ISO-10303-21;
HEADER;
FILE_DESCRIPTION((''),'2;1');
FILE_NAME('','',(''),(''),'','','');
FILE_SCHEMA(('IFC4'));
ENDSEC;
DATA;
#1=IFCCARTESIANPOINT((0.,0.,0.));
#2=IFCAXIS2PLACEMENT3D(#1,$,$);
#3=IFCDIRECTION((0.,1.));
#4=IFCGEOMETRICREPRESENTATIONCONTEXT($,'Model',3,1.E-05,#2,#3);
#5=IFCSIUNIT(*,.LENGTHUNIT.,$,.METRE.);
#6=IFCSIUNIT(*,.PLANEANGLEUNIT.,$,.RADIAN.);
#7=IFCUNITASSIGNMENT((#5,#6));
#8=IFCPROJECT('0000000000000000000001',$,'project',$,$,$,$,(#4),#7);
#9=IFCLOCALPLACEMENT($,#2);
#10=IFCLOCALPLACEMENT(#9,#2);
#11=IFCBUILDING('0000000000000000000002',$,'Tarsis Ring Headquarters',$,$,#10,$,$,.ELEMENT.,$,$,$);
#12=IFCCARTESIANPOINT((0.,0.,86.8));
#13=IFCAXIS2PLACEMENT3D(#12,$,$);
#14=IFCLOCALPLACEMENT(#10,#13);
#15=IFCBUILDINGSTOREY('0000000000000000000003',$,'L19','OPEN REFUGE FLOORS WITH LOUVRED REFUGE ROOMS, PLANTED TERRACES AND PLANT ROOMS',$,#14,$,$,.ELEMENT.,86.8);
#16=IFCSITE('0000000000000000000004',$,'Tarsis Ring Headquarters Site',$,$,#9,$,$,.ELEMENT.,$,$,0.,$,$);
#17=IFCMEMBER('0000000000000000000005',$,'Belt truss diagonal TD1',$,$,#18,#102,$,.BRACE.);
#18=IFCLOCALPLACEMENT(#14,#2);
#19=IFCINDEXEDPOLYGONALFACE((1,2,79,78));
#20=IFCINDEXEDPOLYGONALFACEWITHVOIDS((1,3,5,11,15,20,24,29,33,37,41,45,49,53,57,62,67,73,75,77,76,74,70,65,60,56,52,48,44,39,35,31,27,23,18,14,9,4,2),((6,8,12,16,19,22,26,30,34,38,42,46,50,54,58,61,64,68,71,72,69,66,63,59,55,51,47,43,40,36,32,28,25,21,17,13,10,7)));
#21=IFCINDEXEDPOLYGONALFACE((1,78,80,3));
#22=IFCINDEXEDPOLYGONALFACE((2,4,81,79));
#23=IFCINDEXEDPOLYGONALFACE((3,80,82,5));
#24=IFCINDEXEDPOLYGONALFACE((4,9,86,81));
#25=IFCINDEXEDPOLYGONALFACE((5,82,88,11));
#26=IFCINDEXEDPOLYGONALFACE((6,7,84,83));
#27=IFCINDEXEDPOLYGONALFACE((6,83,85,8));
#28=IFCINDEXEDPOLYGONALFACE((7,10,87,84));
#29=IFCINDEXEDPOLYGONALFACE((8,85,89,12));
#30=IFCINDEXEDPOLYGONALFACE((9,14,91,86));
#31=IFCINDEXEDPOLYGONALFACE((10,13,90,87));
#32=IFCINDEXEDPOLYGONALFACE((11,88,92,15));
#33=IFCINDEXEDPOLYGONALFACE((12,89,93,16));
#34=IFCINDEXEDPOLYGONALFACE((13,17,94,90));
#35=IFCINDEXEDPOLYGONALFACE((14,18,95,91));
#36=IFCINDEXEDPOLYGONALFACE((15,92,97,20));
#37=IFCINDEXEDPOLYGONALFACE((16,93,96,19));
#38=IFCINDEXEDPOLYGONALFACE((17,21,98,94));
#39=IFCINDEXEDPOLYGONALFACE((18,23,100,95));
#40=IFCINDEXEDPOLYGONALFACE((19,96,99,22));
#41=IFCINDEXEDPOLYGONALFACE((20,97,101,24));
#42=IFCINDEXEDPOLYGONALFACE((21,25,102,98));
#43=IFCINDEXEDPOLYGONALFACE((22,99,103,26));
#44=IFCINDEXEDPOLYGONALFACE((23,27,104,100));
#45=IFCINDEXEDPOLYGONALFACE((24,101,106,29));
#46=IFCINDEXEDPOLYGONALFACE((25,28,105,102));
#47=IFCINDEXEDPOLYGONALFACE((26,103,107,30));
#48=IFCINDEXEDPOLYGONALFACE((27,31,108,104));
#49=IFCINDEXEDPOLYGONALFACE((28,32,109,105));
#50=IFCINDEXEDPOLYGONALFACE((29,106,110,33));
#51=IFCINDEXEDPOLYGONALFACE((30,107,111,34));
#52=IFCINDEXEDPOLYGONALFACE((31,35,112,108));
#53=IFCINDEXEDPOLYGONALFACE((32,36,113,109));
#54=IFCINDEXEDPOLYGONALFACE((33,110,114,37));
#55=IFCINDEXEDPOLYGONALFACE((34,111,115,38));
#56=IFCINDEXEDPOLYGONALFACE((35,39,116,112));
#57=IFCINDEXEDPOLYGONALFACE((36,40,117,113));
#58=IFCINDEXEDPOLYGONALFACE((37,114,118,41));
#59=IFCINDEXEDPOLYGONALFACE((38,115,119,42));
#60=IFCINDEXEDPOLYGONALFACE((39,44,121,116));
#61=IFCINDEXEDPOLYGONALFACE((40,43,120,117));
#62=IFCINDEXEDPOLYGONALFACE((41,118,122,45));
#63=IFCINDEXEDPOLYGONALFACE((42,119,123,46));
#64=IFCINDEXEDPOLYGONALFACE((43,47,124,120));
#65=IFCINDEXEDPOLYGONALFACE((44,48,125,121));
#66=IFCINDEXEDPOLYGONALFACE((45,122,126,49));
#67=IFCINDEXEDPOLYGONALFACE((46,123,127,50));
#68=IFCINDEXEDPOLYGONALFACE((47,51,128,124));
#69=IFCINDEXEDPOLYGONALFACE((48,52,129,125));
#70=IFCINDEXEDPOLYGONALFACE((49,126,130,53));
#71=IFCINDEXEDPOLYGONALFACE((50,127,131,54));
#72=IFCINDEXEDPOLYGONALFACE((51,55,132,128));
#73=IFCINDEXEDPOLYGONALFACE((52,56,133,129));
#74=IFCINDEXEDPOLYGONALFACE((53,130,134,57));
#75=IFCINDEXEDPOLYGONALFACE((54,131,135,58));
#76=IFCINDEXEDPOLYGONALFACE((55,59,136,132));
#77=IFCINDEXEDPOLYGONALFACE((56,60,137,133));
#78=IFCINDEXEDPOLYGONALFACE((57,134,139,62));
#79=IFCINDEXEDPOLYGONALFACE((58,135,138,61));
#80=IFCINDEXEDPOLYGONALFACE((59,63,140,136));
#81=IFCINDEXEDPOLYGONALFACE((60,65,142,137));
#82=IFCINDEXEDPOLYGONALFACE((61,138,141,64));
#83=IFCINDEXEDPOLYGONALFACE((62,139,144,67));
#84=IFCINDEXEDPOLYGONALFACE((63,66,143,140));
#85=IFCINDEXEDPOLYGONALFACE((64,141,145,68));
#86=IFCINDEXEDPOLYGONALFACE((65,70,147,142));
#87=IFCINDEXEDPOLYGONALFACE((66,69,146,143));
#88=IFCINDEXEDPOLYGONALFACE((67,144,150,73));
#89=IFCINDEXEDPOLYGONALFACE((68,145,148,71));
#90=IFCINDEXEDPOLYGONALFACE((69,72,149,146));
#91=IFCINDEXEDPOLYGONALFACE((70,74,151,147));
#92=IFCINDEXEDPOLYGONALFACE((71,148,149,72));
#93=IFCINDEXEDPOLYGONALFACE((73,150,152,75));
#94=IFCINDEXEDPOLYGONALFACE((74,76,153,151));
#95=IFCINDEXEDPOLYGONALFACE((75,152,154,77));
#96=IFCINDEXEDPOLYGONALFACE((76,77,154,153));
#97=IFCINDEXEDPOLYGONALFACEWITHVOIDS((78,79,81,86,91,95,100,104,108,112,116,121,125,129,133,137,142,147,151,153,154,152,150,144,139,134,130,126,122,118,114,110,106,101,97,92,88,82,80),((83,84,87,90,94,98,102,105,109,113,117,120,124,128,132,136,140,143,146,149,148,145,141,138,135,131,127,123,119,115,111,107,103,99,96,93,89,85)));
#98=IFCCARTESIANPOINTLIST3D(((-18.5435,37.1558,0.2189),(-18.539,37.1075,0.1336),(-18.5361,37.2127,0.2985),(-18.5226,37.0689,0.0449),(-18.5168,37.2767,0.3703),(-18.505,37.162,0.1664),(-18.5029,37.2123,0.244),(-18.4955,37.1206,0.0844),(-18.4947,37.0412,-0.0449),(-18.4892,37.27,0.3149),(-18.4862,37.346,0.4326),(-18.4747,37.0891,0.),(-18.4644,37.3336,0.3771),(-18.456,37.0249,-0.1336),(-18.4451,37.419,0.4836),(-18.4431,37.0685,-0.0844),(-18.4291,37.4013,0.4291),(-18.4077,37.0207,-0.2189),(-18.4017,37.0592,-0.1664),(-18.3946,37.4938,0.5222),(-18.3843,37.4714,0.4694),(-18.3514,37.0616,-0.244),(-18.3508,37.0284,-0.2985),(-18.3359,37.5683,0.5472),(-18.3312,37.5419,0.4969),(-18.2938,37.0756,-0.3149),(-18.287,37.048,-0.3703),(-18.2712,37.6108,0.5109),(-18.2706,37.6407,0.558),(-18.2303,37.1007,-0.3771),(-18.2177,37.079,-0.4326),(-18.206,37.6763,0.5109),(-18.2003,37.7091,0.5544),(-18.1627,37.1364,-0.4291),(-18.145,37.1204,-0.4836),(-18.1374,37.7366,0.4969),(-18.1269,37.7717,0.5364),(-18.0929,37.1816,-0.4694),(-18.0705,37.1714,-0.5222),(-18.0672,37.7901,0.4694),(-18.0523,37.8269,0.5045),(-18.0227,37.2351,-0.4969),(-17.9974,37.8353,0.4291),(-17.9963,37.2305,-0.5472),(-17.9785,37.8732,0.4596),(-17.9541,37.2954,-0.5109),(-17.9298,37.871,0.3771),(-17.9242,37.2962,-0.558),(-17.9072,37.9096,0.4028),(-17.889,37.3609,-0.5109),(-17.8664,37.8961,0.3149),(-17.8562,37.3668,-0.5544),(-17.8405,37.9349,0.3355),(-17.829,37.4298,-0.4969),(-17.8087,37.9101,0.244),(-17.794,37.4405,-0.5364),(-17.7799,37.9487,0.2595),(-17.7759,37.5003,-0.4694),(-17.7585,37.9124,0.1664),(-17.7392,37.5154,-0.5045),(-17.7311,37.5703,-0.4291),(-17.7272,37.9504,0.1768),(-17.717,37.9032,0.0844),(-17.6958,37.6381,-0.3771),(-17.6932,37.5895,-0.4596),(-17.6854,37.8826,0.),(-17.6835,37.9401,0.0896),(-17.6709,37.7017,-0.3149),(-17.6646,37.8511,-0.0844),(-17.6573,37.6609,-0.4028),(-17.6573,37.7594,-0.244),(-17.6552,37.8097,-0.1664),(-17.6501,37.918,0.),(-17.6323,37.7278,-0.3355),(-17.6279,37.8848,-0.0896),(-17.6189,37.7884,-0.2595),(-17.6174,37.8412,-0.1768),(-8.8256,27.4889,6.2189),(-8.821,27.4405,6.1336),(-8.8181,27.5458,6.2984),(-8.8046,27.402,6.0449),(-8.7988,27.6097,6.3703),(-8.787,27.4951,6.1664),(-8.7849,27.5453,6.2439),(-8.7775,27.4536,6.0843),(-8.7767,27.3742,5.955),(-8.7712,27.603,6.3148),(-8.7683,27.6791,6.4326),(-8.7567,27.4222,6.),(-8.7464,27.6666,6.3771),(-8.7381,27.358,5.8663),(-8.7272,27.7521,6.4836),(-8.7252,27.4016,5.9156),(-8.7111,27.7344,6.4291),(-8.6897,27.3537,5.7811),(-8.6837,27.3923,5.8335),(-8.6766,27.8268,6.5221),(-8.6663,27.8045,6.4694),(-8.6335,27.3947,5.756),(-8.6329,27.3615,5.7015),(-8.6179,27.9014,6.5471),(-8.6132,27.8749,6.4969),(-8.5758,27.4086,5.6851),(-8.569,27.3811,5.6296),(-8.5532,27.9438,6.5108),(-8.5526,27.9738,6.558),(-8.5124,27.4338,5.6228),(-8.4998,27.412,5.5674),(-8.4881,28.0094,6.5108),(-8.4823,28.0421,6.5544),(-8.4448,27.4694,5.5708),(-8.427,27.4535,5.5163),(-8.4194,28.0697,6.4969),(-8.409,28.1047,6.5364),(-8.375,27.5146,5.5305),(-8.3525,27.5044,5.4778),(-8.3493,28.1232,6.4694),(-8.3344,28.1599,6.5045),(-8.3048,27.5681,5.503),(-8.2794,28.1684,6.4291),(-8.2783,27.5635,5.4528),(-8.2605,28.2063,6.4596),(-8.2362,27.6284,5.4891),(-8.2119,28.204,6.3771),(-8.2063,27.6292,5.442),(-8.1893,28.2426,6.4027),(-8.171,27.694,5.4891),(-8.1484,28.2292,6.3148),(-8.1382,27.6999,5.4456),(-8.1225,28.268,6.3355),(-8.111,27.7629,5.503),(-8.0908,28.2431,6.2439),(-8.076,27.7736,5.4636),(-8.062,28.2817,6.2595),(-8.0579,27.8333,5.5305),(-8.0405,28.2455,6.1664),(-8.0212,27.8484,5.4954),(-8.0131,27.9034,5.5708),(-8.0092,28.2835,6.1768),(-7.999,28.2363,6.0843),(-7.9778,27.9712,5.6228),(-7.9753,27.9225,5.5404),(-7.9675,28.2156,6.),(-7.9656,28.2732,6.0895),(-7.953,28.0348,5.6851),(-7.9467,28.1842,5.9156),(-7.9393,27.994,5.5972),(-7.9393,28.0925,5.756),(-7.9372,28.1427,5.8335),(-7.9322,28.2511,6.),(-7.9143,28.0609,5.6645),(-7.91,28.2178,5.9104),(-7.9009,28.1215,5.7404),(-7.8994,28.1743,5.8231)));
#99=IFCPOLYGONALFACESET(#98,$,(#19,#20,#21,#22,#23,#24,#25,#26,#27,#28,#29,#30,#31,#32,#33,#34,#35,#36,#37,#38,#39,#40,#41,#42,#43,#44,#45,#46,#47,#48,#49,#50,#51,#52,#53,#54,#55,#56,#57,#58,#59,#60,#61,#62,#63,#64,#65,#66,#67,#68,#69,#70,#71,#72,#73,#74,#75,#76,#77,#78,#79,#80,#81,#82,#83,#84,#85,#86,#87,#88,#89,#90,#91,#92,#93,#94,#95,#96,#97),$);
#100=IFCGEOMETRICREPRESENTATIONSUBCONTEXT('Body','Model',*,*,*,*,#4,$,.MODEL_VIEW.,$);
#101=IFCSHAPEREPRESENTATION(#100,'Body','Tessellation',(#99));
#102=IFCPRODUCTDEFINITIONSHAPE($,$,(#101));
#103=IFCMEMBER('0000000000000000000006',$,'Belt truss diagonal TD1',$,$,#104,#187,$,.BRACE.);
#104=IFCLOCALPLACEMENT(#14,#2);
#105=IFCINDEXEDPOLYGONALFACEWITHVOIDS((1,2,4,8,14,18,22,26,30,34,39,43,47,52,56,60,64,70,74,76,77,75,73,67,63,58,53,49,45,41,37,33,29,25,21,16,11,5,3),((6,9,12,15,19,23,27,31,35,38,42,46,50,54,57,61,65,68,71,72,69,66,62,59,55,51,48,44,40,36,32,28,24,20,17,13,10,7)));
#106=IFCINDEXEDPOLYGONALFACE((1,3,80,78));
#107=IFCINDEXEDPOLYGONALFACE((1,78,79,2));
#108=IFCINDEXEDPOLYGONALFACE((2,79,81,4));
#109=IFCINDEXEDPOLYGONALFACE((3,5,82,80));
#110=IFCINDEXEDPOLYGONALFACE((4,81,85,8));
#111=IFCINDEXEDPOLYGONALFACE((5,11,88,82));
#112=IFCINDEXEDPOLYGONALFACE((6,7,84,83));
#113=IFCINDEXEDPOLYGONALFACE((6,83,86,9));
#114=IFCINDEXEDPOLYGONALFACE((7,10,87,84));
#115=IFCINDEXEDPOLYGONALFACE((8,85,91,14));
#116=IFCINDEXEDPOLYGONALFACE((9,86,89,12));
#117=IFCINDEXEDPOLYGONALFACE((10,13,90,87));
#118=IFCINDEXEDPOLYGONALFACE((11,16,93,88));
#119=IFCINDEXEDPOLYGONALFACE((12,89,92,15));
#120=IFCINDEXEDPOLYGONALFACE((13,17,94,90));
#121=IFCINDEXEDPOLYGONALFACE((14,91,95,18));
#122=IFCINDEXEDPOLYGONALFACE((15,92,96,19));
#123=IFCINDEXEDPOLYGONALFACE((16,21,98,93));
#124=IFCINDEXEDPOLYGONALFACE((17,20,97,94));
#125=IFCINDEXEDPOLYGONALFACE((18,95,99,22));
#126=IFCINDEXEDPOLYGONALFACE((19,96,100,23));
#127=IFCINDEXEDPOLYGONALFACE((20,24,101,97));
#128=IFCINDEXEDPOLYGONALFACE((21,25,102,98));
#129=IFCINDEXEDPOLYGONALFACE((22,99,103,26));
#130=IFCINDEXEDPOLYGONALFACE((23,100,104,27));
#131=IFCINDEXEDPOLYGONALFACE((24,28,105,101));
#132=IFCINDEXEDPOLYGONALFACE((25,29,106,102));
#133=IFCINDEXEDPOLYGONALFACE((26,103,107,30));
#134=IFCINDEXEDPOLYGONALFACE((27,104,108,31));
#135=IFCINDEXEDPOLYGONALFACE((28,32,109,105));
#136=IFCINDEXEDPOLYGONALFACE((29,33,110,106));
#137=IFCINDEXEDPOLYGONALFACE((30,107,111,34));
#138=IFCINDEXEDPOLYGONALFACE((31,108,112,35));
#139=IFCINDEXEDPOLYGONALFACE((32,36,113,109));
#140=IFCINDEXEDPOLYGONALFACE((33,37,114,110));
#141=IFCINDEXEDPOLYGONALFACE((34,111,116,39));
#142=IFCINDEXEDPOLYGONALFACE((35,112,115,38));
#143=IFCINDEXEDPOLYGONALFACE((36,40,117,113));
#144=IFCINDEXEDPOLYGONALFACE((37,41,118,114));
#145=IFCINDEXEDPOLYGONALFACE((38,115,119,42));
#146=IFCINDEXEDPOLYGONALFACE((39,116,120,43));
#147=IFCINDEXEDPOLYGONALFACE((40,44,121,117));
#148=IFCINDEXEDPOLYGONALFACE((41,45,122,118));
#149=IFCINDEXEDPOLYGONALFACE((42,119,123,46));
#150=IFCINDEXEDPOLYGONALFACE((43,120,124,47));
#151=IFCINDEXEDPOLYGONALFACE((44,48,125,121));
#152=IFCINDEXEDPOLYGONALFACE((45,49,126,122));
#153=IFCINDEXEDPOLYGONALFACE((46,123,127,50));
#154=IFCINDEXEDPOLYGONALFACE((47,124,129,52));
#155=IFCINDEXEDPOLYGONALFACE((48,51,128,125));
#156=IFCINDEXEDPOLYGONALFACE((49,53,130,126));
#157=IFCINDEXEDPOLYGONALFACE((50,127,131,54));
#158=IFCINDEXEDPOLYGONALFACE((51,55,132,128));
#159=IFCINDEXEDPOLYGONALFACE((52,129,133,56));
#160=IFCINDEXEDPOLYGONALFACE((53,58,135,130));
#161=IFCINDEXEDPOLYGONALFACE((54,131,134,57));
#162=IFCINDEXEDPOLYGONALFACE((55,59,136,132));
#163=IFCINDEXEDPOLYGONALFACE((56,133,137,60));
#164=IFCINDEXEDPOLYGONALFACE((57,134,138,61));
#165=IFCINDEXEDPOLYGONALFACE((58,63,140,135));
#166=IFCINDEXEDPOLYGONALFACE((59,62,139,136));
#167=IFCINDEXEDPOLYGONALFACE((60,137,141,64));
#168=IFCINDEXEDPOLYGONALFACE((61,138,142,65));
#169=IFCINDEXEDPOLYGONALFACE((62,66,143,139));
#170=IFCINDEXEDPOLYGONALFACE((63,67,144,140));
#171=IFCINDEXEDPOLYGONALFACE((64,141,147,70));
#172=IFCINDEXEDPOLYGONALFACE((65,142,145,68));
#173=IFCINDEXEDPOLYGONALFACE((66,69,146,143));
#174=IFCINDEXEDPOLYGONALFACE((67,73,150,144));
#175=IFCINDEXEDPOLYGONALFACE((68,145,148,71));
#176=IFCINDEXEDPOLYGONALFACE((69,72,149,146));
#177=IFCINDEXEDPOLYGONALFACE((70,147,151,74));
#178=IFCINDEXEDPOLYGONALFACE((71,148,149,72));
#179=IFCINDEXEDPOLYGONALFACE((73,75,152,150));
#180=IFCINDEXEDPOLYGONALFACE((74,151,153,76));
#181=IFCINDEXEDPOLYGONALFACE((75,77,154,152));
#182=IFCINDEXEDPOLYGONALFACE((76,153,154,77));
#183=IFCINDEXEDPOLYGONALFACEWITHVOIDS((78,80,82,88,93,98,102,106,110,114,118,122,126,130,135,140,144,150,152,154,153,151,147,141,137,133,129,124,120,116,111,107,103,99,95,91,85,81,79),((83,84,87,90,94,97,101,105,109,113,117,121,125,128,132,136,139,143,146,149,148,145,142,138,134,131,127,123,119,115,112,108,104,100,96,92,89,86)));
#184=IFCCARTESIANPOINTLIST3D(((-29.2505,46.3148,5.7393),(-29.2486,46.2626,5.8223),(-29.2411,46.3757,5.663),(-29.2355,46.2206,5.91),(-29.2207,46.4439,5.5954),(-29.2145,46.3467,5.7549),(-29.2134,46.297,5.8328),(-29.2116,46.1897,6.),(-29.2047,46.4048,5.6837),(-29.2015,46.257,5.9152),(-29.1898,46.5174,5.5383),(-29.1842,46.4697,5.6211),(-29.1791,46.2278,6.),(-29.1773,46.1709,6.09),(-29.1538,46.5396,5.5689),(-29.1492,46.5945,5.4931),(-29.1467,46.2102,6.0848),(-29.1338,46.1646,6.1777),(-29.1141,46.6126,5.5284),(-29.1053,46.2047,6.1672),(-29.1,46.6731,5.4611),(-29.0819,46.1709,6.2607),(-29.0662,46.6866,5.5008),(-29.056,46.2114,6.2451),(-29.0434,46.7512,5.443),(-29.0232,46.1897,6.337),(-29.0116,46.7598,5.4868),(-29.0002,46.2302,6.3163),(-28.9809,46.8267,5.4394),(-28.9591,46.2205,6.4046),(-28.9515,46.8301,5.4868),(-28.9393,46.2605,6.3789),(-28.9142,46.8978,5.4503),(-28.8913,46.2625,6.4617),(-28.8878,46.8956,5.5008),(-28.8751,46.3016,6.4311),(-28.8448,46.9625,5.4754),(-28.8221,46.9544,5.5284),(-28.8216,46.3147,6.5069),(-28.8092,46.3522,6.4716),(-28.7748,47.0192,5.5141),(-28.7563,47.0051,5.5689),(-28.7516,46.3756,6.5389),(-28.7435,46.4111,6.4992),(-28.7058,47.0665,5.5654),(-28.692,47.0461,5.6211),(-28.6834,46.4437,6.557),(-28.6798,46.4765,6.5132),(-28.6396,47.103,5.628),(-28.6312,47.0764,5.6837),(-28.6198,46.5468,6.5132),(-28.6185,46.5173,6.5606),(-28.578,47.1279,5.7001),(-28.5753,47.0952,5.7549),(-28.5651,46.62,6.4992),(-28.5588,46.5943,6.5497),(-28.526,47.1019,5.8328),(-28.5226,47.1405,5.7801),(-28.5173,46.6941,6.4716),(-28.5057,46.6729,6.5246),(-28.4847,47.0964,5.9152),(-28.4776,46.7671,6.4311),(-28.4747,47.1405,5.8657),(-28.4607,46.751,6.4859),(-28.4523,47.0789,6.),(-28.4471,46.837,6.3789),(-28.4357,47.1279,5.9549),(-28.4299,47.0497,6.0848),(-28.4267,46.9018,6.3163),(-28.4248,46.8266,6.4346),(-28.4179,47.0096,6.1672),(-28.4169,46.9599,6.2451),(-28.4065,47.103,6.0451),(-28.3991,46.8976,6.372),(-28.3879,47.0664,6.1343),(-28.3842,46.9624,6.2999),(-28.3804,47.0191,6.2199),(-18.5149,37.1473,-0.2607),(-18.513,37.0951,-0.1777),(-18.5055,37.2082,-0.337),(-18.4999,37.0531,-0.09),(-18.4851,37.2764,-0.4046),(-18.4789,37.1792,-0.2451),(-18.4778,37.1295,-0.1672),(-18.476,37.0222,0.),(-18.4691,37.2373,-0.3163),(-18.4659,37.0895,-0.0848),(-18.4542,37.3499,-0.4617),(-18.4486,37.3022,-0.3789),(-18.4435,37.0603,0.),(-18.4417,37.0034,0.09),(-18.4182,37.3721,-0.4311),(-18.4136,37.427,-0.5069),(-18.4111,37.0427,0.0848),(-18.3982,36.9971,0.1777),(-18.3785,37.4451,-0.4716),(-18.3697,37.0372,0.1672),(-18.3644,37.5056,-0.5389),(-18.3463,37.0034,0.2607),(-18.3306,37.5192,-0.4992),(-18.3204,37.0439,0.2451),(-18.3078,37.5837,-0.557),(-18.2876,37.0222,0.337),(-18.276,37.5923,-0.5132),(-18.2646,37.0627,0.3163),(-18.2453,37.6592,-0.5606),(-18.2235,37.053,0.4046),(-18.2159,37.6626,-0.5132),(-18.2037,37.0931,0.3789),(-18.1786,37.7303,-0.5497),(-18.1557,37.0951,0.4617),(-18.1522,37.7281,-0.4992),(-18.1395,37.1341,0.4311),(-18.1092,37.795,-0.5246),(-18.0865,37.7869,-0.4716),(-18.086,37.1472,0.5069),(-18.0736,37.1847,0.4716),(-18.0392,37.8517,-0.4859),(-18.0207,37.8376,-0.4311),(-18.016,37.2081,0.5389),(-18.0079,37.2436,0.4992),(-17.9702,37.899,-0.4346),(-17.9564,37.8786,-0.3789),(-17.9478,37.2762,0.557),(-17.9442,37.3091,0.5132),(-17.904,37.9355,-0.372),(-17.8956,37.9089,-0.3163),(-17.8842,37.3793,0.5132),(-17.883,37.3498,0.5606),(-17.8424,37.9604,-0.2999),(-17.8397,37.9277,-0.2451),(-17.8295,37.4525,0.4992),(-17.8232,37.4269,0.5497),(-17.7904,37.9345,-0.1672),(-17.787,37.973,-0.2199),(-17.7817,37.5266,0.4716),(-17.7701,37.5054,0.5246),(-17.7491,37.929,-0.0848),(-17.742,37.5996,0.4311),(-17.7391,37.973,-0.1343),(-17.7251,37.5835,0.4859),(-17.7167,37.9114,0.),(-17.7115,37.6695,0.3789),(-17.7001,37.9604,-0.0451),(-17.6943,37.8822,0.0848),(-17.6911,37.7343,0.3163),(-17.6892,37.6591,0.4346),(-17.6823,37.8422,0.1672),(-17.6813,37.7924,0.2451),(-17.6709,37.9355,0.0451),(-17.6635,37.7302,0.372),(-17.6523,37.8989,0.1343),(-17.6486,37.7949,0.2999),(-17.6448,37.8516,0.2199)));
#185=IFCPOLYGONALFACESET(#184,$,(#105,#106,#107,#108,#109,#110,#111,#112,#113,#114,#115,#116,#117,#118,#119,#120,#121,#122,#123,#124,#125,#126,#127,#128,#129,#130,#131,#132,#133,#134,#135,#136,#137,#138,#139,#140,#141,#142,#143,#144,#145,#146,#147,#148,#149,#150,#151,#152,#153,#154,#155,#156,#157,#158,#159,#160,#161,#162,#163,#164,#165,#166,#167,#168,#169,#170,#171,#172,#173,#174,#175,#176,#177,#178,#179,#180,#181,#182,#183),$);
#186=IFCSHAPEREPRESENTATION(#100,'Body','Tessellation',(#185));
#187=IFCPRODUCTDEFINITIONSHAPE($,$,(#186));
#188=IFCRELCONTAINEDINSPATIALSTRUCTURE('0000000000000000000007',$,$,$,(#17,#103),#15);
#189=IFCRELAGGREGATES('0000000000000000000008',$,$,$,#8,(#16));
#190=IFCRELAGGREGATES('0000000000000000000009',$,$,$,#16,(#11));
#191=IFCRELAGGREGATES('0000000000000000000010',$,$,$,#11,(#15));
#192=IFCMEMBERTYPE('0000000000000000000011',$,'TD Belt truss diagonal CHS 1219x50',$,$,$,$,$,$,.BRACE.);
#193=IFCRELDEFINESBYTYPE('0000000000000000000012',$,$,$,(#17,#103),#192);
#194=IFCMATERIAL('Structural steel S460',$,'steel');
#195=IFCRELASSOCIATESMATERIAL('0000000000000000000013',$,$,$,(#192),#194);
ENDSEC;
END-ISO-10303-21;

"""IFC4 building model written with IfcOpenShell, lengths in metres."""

from ifc_helpers import new_model, si_unit, direction, frame, origin, origin_2d, place, context, subcontext, project, spatial, hollow_circle, extrude, material, material_profile, profile_set, type_object, element, save


model = new_model("IFC4")

# Units and contexts
model_context = context("Model", 3, precision=1e-05, world=origin(), true_north=direction((0.0, 1.0)))
body_context = subcontext(model_context, "Body", "Model", "MODEL_VIEW")
ifc_project = project(units=[si_unit("LENGTHUNIT", "METRE"), si_unit("PLANEANGLEUNIT", "RADIAN")], contexts=[model_context])

# Site, building, storey
site_placement = place(None, origin())
site = spatial("IfcSite", under=ifc_project, at=site_placement, Name="Tarsis Ring Headquarters Site", CompositionType="ELEMENT", RefElevation=0.0)
building_placement = place(site_placement, origin())
building = spatial("IfcBuilding", under=site, at=building_placement, Name="Tarsis Ring Headquarters", CompositionType="ELEMENT")
storey_placement = place(building_placement, frame((0.0, 0.0, 86.8)))
storey = spatial("IfcBuildingStorey", under=building, at=storey_placement, Name="L19", Description="OPEN REFUGE FLOORS WITH LOUVRED REFUGE ROOMS, PLANTED TERRACES AND PLANT ROOMS", CompositionType="ELEMENT", Elevation=86.8)

# Shared definitions
ifc_material_1 = material(Name="Structural steel S460", Category="steel")
ifc_material_profile_1 = material_profile(ifc_material_1, hollow_circle(Radius=0.6096, WallThickness=0.05, at=origin_2d()), Name="CHS 1219x50")
ifc_profile_set_1 = profile_set([ifc_material_profile_1], Name="Structural steel S460")

# Members
member_type_1 = type_object("IfcMemberType", Name="TD Belt truss diagonal CHS 1219x50", PredefinedType="BRACE", material=ifc_profile_set_1)
member_1_placement = place(storey_placement, frame((-18.0801, 37.4858, 0.0), z_axis=(0.649471, -0.646061, 0.40099), x_axis=(0.705243, 0.708966, 0.0)))
element("IfcMember", 1, at=member_1_placement, inside=storey, type_object=member_type_1, Name="Belt truss diagonal TD1", PredefinedType="BRACE", context=body_context, shape_type="SweptSolid", body=[
    extrude(hollow_circle(Radius=0.6096, WallThickness=0.05, at=origin_2d()), origin(), (0.0, 0.0, 1.0), 14.9629),
])
member_2_placement = place(storey_placement, frame((-18.0801, 37.4858, 0.0), z_axis=(-0.699873, 0.597645, 0.391151), x_axis=(-0.649383, -0.760461, 0.0)))
element("IfcMember", 2, at=member_2_placement, inside=storey, type_object=member_type_1, Name="Belt truss diagonal TD1", PredefinedType="BRACE", context=body_context, shape_type="SweptSolid", body=[
    extrude(hollow_circle(Radius=0.6096, WallThickness=0.05, at=origin_2d()), origin(), (0.0, 0.0, 1.0), 15.3394),
])

save(model, "model.ifc")
